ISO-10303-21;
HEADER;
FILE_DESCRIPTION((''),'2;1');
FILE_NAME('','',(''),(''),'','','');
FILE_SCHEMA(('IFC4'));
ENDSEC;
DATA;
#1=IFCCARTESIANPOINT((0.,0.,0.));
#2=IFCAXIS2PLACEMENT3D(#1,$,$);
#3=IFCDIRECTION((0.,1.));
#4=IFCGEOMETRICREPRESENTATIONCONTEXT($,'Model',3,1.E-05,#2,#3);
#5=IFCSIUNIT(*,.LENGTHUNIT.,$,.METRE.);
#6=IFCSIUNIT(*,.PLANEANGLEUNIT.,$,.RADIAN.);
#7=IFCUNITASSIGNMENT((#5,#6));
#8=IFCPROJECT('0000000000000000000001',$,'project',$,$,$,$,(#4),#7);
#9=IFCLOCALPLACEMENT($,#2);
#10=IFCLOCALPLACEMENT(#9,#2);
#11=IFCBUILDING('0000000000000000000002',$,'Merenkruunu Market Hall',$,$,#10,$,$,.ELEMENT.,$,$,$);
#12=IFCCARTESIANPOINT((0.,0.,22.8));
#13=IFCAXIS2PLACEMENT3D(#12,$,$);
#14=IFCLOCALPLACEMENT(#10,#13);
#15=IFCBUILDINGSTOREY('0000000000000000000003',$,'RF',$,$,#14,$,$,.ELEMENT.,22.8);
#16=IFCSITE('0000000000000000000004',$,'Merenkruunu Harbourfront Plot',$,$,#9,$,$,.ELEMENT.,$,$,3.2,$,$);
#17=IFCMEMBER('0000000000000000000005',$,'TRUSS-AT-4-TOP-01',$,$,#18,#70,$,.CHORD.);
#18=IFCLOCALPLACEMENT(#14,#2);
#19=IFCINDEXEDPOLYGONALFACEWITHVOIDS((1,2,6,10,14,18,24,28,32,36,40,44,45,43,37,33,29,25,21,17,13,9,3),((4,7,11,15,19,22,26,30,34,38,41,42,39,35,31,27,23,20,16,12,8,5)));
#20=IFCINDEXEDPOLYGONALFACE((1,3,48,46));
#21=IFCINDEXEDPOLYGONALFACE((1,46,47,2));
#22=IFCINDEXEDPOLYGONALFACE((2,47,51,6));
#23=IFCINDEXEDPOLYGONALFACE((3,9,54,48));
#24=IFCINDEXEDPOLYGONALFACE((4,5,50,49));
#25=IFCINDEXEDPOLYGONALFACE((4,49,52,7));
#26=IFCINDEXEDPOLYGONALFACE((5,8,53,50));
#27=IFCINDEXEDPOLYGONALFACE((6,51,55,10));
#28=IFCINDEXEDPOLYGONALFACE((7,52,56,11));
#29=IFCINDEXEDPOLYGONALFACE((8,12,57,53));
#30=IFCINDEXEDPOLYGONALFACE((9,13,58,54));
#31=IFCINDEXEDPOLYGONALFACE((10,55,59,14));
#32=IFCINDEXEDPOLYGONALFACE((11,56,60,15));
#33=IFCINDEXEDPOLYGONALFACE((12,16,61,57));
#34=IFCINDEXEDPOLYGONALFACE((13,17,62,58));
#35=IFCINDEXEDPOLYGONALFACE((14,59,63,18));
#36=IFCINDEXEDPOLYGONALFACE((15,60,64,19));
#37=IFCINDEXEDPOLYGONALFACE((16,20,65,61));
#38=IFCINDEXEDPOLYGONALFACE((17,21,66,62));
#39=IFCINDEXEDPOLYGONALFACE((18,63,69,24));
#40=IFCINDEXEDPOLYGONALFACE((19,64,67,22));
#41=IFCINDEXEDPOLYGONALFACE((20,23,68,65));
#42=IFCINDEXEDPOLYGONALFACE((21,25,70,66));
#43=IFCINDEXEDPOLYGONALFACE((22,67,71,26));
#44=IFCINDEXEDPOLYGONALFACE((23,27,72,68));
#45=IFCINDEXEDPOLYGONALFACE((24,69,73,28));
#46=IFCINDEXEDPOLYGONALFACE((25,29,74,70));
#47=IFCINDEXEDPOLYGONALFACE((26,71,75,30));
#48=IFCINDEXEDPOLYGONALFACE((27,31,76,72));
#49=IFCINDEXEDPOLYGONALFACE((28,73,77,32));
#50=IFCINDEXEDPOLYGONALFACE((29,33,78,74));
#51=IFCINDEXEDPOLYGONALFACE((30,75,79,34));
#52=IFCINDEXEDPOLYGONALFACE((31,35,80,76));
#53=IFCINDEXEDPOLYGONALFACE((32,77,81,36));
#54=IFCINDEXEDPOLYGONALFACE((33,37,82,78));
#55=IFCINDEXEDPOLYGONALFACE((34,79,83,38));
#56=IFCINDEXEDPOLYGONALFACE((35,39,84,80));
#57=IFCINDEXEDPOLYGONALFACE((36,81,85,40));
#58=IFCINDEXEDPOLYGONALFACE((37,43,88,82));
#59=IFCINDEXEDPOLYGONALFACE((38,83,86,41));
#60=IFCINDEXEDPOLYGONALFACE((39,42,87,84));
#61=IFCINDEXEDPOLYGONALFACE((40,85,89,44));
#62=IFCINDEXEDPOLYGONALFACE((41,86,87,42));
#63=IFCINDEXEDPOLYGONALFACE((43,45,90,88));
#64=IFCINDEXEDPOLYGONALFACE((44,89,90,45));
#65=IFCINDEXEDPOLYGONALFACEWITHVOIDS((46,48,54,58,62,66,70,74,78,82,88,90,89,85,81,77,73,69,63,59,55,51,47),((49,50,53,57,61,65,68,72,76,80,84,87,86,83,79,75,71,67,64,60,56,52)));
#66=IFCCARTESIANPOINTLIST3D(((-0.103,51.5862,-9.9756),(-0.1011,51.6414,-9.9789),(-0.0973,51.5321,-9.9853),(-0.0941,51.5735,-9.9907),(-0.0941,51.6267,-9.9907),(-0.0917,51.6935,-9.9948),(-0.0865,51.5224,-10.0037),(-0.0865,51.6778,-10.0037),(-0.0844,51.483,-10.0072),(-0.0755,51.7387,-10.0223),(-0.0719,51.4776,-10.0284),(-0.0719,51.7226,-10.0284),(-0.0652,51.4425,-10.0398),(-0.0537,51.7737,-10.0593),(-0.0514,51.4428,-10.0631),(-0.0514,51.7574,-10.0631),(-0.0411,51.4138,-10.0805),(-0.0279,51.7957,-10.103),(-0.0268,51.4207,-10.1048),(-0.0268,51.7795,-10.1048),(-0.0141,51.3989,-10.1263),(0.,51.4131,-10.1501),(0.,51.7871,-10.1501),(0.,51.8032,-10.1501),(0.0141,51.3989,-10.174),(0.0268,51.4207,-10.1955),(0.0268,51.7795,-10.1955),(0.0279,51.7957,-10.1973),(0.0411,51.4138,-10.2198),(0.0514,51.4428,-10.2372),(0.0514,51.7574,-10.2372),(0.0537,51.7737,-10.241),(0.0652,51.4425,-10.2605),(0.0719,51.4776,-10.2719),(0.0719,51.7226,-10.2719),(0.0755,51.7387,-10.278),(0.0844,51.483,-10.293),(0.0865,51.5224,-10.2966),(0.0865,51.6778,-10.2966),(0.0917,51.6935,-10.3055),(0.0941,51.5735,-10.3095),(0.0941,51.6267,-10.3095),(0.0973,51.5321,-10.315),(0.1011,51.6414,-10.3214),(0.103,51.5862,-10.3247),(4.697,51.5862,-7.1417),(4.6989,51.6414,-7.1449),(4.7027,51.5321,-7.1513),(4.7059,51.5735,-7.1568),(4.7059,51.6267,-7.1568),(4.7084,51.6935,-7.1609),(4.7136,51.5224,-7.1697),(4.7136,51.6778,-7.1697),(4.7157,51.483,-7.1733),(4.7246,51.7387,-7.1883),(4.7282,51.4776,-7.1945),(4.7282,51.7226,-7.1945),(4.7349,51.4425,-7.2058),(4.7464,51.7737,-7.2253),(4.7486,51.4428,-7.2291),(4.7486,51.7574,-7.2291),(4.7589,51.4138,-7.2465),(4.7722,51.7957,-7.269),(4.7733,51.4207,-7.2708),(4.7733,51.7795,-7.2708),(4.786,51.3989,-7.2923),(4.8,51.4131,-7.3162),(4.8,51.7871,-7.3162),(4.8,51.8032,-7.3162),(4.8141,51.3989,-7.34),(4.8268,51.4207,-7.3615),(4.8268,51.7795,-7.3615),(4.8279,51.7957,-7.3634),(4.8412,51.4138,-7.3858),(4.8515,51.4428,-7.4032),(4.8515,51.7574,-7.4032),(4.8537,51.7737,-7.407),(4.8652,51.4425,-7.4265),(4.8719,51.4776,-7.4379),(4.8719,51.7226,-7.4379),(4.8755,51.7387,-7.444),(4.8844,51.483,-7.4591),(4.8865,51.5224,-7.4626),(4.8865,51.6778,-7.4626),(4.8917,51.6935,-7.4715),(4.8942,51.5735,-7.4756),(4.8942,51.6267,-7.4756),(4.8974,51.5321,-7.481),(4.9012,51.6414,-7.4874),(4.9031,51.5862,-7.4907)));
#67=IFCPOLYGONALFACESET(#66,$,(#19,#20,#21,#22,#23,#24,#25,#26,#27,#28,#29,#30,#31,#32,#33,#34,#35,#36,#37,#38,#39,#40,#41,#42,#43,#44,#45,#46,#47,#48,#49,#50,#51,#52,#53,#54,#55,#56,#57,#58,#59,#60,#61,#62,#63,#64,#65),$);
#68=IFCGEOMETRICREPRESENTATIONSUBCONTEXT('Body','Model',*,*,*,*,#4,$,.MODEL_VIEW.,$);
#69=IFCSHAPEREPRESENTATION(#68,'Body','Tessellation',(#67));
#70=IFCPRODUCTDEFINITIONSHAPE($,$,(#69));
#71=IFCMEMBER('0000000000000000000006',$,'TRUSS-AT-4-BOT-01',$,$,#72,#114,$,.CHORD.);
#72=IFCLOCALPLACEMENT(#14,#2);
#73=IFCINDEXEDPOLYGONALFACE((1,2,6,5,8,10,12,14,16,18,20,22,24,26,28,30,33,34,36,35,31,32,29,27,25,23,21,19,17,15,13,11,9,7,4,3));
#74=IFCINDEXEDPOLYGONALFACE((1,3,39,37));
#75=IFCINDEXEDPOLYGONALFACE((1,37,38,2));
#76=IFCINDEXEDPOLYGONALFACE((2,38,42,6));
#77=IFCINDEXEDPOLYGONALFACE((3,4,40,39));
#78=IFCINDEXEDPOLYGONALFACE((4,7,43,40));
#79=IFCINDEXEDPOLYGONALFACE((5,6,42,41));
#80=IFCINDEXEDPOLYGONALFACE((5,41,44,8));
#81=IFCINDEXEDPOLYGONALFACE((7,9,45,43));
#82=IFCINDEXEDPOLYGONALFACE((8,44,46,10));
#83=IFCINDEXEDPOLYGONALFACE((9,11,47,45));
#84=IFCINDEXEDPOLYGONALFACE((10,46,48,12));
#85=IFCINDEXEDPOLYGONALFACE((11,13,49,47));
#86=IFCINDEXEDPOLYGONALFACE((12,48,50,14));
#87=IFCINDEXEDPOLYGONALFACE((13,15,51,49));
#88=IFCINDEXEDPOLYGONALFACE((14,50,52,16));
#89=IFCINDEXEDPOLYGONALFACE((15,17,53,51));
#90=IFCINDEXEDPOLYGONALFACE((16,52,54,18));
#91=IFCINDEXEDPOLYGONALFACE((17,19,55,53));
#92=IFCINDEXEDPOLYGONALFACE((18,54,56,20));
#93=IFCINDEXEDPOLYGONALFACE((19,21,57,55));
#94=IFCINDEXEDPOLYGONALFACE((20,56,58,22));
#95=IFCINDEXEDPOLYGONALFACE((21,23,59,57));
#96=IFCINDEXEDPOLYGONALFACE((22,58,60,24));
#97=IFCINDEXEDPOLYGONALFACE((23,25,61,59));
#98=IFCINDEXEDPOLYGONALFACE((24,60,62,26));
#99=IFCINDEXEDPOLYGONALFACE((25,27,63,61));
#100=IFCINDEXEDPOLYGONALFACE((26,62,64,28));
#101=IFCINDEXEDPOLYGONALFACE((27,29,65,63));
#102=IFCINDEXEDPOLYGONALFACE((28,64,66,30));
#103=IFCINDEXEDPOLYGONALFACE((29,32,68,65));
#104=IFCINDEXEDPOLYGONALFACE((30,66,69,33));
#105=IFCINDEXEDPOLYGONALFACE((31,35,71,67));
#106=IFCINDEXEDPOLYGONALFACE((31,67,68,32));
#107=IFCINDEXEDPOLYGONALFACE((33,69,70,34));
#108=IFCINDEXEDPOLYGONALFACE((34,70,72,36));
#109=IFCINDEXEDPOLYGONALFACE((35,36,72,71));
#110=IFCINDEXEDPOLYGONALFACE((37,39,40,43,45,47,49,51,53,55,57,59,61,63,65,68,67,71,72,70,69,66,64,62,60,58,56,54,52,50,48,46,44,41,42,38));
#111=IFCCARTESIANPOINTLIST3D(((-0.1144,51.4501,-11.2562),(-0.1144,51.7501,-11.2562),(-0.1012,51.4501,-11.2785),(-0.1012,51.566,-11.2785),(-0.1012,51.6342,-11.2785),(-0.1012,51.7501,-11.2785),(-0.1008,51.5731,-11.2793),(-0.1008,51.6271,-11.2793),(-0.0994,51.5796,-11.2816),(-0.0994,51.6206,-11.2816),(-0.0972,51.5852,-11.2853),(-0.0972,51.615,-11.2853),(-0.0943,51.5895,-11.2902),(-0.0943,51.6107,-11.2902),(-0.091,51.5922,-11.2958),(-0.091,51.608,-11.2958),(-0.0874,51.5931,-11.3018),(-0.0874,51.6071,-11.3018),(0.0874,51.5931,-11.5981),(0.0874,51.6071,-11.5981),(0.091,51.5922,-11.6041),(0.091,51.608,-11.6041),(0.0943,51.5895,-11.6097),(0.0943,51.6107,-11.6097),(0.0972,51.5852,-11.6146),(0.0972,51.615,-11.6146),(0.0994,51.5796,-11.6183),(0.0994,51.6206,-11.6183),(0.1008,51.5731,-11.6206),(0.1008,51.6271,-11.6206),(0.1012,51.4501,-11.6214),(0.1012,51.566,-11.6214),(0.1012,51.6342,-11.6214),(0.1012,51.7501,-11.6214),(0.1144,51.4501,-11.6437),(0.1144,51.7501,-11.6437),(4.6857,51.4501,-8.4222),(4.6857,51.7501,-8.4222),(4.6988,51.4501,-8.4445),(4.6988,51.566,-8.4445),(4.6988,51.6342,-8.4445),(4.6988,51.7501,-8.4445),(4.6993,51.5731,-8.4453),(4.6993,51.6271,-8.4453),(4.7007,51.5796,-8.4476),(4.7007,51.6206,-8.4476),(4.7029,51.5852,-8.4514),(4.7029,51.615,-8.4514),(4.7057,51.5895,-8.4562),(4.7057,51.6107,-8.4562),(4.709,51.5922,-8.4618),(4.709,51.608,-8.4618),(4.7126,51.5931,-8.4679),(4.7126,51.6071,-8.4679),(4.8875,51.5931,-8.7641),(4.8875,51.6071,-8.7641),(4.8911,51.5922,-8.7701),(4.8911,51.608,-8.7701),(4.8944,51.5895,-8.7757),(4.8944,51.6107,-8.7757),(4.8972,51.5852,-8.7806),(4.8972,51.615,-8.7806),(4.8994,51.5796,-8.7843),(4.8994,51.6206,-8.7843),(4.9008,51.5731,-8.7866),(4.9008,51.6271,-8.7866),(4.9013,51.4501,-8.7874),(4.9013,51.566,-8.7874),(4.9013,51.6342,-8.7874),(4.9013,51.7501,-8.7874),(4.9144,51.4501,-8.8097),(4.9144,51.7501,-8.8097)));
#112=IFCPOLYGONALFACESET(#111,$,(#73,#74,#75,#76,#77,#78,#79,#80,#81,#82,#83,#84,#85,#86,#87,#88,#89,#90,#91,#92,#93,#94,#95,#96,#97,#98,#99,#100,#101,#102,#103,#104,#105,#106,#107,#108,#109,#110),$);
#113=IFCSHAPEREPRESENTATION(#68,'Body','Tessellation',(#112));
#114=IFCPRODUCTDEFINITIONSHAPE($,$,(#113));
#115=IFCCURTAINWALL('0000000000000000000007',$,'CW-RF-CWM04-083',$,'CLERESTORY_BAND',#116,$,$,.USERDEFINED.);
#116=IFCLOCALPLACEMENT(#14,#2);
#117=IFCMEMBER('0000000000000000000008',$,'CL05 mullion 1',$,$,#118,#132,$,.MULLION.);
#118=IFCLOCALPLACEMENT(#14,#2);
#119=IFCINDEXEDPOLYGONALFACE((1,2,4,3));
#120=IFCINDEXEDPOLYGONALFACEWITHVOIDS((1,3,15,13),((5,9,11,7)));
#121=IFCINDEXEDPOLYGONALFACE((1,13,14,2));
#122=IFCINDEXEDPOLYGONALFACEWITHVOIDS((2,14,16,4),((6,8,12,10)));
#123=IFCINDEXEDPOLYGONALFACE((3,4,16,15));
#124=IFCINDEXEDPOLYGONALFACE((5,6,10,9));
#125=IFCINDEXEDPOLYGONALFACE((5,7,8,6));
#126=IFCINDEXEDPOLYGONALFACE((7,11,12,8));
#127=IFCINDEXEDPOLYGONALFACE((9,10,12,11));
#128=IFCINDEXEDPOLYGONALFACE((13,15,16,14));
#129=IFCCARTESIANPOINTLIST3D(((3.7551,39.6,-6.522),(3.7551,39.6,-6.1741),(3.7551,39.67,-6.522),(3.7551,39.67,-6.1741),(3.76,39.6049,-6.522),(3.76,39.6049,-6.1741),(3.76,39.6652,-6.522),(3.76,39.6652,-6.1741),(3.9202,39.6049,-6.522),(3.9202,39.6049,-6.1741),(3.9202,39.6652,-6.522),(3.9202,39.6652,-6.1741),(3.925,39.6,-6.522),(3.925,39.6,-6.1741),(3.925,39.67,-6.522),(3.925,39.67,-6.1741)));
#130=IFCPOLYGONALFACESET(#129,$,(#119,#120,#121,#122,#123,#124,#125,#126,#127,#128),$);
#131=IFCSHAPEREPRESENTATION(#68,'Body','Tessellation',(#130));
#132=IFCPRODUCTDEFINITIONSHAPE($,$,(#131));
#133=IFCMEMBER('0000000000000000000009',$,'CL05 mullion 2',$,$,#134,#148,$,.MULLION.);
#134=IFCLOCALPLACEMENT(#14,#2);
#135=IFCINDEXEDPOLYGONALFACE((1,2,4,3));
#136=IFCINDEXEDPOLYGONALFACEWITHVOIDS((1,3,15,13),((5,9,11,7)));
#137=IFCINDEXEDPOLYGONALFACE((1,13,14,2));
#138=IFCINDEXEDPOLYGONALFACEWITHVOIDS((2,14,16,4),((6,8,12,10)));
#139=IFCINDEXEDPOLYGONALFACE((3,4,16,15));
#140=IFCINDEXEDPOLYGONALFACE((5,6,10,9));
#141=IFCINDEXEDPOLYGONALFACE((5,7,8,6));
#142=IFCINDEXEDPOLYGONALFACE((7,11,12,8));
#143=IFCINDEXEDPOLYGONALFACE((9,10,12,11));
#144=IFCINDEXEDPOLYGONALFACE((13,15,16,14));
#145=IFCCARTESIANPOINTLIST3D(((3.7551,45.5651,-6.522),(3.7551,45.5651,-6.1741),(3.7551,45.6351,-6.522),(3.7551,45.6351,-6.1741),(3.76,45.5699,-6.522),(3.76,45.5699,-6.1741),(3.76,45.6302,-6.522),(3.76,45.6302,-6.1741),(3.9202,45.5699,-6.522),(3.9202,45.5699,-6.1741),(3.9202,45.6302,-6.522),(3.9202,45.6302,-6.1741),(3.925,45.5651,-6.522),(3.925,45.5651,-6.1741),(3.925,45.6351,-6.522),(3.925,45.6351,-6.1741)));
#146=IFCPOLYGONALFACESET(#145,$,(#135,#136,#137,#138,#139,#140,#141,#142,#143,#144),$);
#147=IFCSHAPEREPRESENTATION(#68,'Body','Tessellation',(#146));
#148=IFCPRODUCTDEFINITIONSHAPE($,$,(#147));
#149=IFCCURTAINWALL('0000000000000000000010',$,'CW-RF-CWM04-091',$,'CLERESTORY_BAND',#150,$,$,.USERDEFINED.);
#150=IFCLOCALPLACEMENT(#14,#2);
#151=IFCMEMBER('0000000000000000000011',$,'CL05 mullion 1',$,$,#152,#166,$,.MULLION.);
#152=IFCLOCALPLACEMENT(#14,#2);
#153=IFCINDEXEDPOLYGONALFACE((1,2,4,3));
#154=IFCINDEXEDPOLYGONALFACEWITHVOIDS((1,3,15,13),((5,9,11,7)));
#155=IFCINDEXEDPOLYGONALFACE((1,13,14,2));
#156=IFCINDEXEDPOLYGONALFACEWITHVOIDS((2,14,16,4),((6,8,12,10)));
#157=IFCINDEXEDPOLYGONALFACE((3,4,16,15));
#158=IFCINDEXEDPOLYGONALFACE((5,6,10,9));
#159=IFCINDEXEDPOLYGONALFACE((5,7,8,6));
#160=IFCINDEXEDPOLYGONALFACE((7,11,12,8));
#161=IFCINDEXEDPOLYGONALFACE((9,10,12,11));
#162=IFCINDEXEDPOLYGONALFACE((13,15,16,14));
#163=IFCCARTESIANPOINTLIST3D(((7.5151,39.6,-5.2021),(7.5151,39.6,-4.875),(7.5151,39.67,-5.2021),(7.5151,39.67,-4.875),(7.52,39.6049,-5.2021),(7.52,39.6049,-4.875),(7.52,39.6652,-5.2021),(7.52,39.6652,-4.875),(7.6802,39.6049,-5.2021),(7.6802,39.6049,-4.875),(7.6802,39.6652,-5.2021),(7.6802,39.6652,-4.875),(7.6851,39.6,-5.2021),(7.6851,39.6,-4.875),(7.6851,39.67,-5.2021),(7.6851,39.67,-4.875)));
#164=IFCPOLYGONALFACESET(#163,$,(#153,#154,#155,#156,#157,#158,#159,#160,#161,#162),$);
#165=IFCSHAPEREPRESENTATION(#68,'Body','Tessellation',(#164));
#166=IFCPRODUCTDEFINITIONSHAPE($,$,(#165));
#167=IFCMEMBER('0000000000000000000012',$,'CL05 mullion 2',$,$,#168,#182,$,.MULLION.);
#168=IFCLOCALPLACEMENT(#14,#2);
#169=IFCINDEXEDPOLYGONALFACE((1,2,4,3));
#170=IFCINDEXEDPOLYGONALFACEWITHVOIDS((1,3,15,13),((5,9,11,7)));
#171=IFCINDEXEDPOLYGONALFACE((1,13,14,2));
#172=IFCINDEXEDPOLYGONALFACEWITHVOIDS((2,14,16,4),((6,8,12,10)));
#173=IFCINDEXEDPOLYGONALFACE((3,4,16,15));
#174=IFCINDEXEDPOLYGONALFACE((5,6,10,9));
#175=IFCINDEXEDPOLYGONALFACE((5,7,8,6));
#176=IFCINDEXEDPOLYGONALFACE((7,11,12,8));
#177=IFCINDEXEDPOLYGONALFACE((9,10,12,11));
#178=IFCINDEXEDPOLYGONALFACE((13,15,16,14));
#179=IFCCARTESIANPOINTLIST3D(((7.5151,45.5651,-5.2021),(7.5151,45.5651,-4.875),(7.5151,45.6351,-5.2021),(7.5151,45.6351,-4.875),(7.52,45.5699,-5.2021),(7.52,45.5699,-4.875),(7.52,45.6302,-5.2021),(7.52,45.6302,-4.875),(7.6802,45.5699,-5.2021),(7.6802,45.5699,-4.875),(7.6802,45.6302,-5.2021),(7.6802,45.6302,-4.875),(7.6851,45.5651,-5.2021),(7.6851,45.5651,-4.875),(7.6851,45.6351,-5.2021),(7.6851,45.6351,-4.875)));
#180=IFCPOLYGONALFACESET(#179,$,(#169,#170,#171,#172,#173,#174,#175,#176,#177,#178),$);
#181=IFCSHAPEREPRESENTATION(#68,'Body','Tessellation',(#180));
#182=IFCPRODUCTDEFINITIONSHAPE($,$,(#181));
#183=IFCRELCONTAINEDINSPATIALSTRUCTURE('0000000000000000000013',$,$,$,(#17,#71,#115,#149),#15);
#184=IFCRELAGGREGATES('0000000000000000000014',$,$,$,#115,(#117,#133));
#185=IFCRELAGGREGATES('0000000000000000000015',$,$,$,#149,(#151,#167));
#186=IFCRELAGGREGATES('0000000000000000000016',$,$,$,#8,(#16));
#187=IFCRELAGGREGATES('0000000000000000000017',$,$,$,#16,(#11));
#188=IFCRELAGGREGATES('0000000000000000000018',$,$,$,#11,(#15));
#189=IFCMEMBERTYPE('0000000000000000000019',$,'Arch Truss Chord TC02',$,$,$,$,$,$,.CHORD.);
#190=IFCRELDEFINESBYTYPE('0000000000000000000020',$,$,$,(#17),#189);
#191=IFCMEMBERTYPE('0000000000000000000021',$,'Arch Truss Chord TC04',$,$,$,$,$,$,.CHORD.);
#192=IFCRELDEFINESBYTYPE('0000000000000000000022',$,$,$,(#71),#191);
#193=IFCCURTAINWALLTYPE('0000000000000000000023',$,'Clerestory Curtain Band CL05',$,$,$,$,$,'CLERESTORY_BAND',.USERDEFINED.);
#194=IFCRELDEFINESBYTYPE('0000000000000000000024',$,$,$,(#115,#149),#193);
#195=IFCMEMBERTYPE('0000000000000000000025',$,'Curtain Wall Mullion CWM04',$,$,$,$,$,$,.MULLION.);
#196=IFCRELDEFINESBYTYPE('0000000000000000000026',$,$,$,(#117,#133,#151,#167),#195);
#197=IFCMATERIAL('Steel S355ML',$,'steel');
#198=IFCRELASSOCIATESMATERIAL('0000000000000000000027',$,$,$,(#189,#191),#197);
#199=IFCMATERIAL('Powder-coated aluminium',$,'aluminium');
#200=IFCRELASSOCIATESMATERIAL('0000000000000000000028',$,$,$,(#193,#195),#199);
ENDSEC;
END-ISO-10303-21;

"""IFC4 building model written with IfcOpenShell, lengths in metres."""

from ifc_helpers import new_model, si_unit, direction, frame, origin, origin_2d, place, context, subcontext, project, spatial, hollow_rectangle, hollow_circle, i_section, extrude, material, material_profile, profile_set, type_object, element, aggregate, save


model = new_model("IFC4")

# Units and contexts
model_context = context("Model", 3, precision=1e-05, world=origin(), true_north=direction((0.0, 1.0)))
body_context = subcontext(model_context, "Body", "Model", "MODEL_VIEW")
ifc_project = project(units=[si_unit("LENGTHUNIT", "METRE"), si_unit("PLANEANGLEUNIT", "RADIAN")], contexts=[model_context])

# Site, building, storey
site_placement = place(None, origin())
site = spatial("IfcSite", under=ifc_project, at=site_placement, Name="Merenkruunu Harbourfront Plot", CompositionType="ELEMENT", RefElevation=3.2)
building_placement = place(site_placement, origin())
building = spatial("IfcBuilding", under=site, at=building_placement, Name="Merenkruunu Market Hall", CompositionType="ELEMENT")
storey_placement = place(building_placement, frame((0.0, 0.0, 22.8)))
storey = spatial("IfcBuildingStorey", under=building, at=storey_placement, Name="RF", CompositionType="ELEMENT", Elevation=22.8)

# Members
ifc_material_1 = material(Name="Steel S355ML", Category="steel")
ifc_material_profile_1 = material_profile(ifc_material_1, hollow_circle(Radius=0.2031, WallThickness=0.0161, at=origin_2d()), Name="CHS 406.4x16")
ifc_profile_set_1 = profile_set([ifc_material_profile_1], Name="Steel S355ML")
member_type_1 = type_object("IfcMemberType", Name="Arch Truss Chord TC02", PredefinedType="CHORD", material=ifc_profile_set_1)
member_1_placement = place(storey_placement, frame((0.0, 51.6001, -10.1501), z_axis=(0.861116, 0.0, 0.508409), x_axis=(0.0, 1.0, 0.0)))
element("IfcMember", 1, at=member_1_placement, inside=storey, type_object=member_type_1, Name="TRUSS-AT-4-TOP-01", PredefinedType="CHORD", context=body_context, shape_type="SweptSolid", body=[
    extrude(hollow_circle(Radius=0.2031, WallThickness=0.0161, at=origin_2d()), origin(), (0.0, 0.0, 1.0), 5.5742),
])
ifc_material_profile_2 = material_profile(ifc_material_1, i_section(OverallWidth=0.3, OverallDepth=0.45, WebThickness=0.0139, FlangeThickness=0.0259, FilletRadius=0.0271, at=origin_2d()), Name="HEB 450")
ifc_profile_set_2 = profile_set([ifc_material_profile_2], Name="Steel S355ML")
member_type_2 = type_object("IfcMemberType", Name="Arch Truss Chord TC04", PredefinedType="CHORD", material=ifc_profile_set_2)
member_2_placement = place(storey_placement, frame((0.0, 51.6001, -11.45), z_axis=(0.861116, 0.0, 0.508409), x_axis=(0.0, 1.0, 0.0)))
element("IfcMember", 2, at=member_2_placement, inside=storey, type_object=member_type_2, Name="TRUSS-AT-4-BOT-01", PredefinedType="CHORD", context=body_context, shape_type="SweptSolid", body=[
    extrude(i_section(OverallWidth=0.3, OverallDepth=0.45, WebThickness=0.0139, FlangeThickness=0.0259, FilletRadius=0.0271, at=origin_2d()), origin(), (0.0, 0.0, 1.0), 5.5742),
])

# Curtain walls, members
ifc_material_2 = material(Name="Powder-coated aluminium", Category="aluminium")
curtain_wall_type = type_object("IfcCurtainWallType", Name="Clerestory Curtain Band CL05", ElementType="CLERESTORY_BAND", PredefinedType="USERDEFINED", material=ifc_material_2)
curtain_wall_1_placement = place(storey_placement, origin())
curtain_wall_1 = element("IfcCurtainWall", 3, at=curtain_wall_1_placement, inside=storey, type_object=curtain_wall_type, Name="CW-RF-CWM04-083", ObjectType="CLERESTORY_BAND", PredefinedType="USERDEFINED")
ifc_material_profile_3 = material_profile(ifc_material_2, hollow_rectangle(XDim=0.0701, YDim=0.1699, WallThickness=0.0049, at=origin_2d()), Name="ALU 70x170x5")
ifc_profile_set_3 = profile_set([ifc_material_profile_3], Name="Powder-coated aluminium")
member_type_3 = type_object("IfcMemberType", Name="Curtain Wall Mullion CWM04", PredefinedType="MULLION", material=ifc_profile_set_3)
member_3_placement = place(storey_placement, frame((3.8401, 39.635, -6.522), z_axis=(0.0, 0.0, 1.0), x_axis=(0.0, 1.0, 0.0)))
member_3 = element("IfcMember", 4, at=member_3_placement, type_object=member_type_3, Name="CL05 mullion 1", PredefinedType="MULLION", context=body_context, shape_type="SweptSolid", body=[
    extrude(hollow_rectangle(XDim=0.0701, YDim=0.1699, WallThickness=0.0049, at=origin_2d()), origin(), (0.0, 0.0, 1.0), 0.3479),
])
member_4_placement = place(storey_placement, frame((3.8401, 45.6001, -6.522), z_axis=(0.0, 0.0, 1.0), x_axis=(0.0, 1.0, 0.0)))
member_4 = element("IfcMember", 5, at=member_4_placement, type_object=member_type_3, Name="CL05 mullion 2", PredefinedType="MULLION", context=body_context, shape_type="SweptSolid", body=[
    extrude(hollow_rectangle(XDim=0.0701, YDim=0.1699, WallThickness=0.0049, at=origin_2d()), origin(), (0.0, 0.0, 1.0), 0.3479),
])
curtain_wall_2_placement = place(storey_placement, origin())
curtain_wall_2 = element("IfcCurtainWall", 6, at=curtain_wall_2_placement, inside=storey, type_object=curtain_wall_type, Name="CW-RF-CWM04-091", ObjectType="CLERESTORY_BAND", PredefinedType="USERDEFINED")
member_5_placement = place(storey_placement, frame((7.6001, 39.635, -5.2021), z_axis=(0.0, 0.0, 1.0), x_axis=(0.0, 1.0, 0.0)))
member_5 = element("IfcMember", 7, at=member_5_placement, type_object=member_type_3, Name="CL05 mullion 1", PredefinedType="MULLION", context=body_context, shape_type="SweptSolid", body=[
    extrude(hollow_rectangle(XDim=0.0701, YDim=0.1699, WallThickness=0.0049, at=origin_2d()), origin(), (0.0, 0.0, 1.0), 0.3271),
])
member_6_placement = place(storey_placement, frame((7.6001, 45.6001, -5.2021), z_axis=(0.0, 0.0, 1.0), x_axis=(0.0, 1.0, 0.0)))
member_6 = element("IfcMember", 8, at=member_6_placement, type_object=member_type_3, Name="CL05 mullion 2", PredefinedType="MULLION", context=body_context, shape_type="SweptSolid", body=[
    extrude(hollow_rectangle(XDim=0.0701, YDim=0.1699, WallThickness=0.0049, at=origin_2d()), origin(), (0.0, 0.0, 1.0), 0.3271),
])

aggregate(curtain_wall_1, [member_3, member_4])
aggregate(curtain_wall_2, [member_5, member_6])

save(model, "model.ifc")
